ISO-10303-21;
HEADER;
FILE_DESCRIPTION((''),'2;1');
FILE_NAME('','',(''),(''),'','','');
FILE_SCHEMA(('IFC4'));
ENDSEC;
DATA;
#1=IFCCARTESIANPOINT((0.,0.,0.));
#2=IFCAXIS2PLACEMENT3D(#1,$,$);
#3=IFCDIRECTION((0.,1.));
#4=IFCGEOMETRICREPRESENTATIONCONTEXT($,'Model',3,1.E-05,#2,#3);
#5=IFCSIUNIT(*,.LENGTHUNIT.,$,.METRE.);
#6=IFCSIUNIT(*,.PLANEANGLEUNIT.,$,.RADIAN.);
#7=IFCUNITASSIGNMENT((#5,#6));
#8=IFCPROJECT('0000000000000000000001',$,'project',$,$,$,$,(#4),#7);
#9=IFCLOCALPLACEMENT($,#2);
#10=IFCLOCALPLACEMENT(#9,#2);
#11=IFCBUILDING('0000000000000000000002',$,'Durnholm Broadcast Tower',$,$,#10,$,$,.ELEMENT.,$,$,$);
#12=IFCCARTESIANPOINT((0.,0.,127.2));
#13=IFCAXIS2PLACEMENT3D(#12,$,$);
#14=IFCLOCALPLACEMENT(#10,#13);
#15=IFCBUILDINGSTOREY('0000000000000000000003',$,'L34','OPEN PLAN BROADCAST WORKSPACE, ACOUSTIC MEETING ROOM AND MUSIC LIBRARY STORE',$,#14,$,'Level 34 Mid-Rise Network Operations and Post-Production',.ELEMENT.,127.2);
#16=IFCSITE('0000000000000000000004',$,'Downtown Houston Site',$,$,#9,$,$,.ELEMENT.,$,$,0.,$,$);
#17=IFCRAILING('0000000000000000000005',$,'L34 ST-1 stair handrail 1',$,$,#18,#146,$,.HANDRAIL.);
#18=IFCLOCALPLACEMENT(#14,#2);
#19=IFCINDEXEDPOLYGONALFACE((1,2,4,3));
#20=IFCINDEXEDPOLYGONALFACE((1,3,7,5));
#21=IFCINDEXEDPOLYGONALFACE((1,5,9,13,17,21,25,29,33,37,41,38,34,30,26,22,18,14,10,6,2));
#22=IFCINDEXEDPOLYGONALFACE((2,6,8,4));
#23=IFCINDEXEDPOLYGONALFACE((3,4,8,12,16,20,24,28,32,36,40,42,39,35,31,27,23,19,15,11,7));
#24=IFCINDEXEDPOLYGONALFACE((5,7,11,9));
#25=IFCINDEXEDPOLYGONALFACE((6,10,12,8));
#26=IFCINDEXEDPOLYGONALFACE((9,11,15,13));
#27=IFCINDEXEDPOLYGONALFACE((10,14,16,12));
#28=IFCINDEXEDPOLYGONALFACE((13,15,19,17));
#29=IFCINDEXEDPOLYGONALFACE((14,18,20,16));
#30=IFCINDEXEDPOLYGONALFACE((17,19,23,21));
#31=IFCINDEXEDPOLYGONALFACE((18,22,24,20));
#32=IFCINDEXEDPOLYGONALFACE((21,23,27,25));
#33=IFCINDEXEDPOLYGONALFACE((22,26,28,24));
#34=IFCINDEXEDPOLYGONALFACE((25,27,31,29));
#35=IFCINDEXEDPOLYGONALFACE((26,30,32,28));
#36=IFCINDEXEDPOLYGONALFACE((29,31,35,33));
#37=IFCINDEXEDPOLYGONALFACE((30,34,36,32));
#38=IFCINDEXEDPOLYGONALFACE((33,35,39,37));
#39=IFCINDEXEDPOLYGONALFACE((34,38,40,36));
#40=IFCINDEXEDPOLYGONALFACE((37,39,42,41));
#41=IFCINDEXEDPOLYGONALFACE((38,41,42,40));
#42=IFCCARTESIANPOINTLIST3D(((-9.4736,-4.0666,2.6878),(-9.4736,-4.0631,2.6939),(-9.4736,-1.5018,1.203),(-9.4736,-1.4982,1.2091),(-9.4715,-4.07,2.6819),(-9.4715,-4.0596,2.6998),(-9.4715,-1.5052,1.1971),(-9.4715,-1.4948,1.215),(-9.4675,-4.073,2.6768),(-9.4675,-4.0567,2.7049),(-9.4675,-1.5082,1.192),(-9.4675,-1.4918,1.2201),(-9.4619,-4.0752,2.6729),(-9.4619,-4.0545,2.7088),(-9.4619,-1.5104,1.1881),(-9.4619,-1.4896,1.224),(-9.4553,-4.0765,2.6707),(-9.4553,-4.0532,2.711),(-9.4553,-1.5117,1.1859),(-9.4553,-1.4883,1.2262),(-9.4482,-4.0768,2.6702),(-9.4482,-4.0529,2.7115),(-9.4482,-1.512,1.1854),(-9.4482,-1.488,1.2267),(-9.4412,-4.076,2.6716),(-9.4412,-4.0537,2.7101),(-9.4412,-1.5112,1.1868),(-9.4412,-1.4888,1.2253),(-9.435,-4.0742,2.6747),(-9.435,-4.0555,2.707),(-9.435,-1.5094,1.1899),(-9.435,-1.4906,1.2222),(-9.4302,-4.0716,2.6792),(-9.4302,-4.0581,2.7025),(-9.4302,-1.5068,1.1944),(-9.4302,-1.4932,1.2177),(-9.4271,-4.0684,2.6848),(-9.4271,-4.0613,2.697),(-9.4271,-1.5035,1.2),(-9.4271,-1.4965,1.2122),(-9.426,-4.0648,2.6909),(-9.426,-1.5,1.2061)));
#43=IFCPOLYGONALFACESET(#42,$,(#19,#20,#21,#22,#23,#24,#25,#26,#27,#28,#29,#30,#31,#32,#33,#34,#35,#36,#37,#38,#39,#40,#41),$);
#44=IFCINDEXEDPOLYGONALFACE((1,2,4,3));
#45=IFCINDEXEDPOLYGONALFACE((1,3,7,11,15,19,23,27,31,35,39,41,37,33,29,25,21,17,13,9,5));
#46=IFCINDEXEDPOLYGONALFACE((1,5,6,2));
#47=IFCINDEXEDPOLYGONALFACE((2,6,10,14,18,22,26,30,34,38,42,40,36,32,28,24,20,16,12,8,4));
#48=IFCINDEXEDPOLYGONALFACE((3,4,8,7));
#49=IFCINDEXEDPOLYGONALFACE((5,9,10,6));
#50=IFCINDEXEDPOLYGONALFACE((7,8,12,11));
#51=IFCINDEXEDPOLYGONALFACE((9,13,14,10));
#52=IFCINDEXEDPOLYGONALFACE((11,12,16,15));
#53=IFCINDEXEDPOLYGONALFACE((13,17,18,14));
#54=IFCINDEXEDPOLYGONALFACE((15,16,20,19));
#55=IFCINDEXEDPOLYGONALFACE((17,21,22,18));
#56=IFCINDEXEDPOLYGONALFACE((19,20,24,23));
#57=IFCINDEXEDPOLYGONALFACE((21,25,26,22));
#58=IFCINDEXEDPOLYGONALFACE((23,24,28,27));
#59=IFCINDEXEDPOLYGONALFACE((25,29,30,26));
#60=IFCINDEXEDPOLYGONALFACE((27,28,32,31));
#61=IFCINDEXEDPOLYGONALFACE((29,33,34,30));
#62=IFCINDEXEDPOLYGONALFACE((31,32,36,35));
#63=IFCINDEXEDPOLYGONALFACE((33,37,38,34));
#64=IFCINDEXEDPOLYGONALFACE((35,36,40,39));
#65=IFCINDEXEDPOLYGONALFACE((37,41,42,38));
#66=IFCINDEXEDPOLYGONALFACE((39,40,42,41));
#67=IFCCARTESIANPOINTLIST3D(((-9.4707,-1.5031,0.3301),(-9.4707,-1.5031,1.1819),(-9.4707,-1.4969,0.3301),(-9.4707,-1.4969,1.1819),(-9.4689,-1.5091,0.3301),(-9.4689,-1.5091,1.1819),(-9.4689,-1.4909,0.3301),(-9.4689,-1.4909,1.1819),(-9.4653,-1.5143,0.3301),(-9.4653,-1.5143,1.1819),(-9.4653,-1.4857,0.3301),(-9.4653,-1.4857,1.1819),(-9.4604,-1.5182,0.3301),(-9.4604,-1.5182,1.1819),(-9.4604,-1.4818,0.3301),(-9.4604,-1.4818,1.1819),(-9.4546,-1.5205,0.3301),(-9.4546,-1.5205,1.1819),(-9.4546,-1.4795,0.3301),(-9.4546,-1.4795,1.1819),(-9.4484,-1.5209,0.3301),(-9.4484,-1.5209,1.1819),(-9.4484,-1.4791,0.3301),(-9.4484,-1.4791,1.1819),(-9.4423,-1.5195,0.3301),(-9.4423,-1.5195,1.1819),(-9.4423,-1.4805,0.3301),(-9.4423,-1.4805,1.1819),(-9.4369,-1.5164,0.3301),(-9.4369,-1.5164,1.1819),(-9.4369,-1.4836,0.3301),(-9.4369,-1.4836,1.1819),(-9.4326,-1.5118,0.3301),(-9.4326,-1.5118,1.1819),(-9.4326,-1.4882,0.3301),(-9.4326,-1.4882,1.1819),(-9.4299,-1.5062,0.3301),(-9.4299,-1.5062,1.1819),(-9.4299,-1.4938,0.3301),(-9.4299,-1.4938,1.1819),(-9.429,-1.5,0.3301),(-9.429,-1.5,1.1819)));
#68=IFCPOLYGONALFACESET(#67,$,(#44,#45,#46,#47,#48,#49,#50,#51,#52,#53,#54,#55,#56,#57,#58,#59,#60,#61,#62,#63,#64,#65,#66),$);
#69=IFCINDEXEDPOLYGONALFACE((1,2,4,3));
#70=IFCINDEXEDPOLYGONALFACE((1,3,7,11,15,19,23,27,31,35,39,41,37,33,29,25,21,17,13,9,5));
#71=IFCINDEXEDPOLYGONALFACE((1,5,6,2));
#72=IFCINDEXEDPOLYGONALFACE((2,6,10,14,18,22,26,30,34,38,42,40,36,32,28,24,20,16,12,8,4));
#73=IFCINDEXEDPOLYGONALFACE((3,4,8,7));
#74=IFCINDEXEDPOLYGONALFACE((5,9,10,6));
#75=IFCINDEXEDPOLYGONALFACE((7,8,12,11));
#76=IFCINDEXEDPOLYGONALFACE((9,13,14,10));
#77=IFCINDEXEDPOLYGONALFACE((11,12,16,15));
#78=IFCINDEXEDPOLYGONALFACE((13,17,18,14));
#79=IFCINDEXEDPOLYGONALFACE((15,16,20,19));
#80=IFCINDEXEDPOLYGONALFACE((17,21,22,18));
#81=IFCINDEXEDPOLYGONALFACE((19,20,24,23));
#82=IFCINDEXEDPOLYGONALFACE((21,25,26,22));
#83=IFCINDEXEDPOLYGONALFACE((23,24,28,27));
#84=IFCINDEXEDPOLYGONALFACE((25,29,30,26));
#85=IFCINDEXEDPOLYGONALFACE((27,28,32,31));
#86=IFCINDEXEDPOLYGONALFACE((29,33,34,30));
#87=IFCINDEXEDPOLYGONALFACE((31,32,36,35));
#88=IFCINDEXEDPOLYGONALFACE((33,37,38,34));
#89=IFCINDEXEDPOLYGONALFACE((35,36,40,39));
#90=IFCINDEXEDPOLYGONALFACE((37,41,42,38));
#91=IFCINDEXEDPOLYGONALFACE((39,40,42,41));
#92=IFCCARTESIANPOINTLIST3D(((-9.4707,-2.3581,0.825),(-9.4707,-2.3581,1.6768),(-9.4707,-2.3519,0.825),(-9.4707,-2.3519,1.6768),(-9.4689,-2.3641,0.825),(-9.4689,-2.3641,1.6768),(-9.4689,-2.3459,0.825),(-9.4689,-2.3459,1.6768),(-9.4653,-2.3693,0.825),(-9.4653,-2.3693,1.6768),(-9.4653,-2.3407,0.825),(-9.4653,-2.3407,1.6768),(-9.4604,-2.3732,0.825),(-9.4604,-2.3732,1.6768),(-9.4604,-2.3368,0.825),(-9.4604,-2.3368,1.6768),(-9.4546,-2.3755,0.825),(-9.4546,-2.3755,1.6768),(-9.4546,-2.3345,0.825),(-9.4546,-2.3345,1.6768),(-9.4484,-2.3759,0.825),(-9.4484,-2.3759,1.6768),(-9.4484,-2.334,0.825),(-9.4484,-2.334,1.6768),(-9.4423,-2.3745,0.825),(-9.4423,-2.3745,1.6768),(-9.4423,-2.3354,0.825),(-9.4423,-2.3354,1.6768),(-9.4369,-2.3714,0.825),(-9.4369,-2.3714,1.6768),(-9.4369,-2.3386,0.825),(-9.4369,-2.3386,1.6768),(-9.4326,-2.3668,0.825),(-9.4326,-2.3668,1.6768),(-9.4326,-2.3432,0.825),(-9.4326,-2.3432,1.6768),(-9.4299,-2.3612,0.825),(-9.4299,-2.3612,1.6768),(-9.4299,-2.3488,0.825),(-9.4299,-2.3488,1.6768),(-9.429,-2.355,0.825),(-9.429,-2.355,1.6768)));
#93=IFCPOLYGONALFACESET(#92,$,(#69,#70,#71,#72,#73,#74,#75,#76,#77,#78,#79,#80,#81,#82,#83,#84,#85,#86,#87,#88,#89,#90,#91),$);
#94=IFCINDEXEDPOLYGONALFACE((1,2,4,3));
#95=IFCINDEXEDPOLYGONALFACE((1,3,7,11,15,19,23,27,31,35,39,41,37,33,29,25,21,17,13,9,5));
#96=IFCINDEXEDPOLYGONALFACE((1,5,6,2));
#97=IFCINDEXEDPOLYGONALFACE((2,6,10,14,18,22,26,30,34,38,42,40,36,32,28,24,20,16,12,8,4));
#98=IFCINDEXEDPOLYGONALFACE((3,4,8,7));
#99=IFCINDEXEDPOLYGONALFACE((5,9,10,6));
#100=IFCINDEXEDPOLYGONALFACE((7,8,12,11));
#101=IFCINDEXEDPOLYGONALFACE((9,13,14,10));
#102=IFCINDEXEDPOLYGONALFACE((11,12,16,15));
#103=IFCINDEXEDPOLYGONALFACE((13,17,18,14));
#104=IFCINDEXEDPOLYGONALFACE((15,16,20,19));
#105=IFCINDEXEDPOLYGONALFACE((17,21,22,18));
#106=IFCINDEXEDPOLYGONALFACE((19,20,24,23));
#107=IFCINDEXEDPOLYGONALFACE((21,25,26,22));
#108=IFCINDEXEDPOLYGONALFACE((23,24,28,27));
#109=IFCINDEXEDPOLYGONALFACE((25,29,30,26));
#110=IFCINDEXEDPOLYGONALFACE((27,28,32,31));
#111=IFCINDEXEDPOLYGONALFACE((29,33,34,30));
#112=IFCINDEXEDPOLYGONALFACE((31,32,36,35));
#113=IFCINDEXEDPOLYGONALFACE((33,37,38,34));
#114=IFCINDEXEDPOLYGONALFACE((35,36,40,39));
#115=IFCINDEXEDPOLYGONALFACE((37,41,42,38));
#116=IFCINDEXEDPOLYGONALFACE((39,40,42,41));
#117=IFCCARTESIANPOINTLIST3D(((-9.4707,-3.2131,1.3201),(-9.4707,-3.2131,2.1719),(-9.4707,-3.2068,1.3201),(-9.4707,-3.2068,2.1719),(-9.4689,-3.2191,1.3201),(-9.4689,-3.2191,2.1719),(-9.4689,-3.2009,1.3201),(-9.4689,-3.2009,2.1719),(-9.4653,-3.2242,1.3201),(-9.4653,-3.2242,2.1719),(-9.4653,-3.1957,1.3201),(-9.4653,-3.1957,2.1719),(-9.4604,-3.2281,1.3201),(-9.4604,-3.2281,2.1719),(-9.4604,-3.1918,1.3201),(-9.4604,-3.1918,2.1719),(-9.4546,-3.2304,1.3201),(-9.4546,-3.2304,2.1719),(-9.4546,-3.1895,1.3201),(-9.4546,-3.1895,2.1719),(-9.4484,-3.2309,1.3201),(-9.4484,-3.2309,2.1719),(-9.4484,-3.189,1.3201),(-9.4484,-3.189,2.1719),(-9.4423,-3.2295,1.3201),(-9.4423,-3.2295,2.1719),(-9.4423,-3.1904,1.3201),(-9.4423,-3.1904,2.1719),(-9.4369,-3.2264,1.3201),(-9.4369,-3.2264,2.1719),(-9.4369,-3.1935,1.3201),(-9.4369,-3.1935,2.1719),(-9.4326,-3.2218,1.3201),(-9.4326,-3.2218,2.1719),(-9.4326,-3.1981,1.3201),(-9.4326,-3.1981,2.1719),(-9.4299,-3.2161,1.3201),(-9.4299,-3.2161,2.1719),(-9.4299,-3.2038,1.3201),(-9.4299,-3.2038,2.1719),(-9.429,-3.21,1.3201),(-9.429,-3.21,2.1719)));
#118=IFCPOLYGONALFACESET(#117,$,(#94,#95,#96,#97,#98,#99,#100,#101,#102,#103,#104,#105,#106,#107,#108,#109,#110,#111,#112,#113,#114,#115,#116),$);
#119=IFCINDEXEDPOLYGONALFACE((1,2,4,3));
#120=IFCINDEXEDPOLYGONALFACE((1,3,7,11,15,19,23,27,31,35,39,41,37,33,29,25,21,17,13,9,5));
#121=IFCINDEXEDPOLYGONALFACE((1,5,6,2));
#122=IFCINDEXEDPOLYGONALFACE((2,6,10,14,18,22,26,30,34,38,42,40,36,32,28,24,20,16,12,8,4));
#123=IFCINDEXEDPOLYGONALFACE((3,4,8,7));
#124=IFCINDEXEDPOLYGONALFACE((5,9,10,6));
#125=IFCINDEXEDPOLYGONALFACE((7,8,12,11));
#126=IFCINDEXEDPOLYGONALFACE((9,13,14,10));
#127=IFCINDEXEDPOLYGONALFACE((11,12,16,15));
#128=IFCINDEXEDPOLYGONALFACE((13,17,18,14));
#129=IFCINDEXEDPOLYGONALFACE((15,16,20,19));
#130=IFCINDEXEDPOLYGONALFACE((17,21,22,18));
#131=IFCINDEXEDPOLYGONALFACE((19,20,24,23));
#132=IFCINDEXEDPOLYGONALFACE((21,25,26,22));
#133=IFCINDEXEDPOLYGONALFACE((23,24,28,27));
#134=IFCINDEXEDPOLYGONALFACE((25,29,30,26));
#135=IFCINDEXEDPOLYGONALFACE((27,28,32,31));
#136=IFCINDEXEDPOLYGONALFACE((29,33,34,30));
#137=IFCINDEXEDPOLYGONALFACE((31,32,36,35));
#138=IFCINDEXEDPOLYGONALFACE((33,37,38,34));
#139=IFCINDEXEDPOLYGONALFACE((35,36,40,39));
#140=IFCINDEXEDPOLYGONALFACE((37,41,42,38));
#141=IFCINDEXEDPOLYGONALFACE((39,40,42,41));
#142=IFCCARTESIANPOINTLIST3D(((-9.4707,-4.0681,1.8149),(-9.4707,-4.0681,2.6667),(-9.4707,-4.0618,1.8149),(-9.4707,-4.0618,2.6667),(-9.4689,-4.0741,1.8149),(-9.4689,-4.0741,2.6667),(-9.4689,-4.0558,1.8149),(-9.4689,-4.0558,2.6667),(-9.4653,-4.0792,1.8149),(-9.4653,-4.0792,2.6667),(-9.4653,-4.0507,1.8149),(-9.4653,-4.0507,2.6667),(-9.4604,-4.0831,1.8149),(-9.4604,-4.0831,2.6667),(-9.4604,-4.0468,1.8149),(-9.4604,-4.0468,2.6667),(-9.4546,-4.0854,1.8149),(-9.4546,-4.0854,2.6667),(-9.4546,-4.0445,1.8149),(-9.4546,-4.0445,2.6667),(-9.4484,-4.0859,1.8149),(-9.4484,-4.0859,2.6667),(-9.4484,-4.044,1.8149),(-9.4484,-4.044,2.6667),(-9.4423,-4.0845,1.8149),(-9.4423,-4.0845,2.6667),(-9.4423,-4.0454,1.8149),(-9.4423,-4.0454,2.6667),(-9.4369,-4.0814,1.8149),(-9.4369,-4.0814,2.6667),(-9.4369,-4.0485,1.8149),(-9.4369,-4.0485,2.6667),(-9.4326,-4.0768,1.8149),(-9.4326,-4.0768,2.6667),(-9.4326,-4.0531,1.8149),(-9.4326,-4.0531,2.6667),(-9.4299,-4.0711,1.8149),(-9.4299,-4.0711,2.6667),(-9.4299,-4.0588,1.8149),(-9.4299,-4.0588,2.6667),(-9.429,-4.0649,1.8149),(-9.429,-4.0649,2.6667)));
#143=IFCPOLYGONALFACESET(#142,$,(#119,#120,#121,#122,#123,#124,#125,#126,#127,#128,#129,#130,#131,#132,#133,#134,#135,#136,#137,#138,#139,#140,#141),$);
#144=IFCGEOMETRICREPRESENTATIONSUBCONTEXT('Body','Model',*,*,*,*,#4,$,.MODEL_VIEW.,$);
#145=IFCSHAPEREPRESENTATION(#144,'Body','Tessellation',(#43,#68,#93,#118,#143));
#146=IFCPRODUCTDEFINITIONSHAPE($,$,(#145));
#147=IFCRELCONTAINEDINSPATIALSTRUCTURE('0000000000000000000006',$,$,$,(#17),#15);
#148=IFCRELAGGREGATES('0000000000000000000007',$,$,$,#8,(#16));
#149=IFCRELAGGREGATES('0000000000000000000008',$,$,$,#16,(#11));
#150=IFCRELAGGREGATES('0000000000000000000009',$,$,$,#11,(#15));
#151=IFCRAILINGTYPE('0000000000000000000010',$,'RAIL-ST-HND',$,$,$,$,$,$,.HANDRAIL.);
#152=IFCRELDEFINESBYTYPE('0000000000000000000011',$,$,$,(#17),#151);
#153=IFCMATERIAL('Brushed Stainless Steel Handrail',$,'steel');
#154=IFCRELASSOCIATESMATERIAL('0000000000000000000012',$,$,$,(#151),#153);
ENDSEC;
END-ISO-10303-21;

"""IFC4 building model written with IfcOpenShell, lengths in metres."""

from ifc_helpers import new_model, si_unit, direction, frame, origin, origin_2d, place, context, subcontext, project, spatial, circle, extrude, material, type_object, element, save


model = new_model("IFC4")

# Units and contexts
model_context = context("Model", 3, precision=1e-05, world=origin(), true_north=direction((0.0, 1.0)))
body_context = subcontext(model_context, "Body", "Model", "MODEL_VIEW")
ifc_project = project(units=[si_unit("LENGTHUNIT", "METRE"), si_unit("PLANEANGLEUNIT", "RADIAN")], contexts=[model_context])

# Site, building, storey
site_placement = place(None, origin())
site = spatial("IfcSite", under=ifc_project, at=site_placement, Name="Downtown Houston Site", CompositionType="ELEMENT", RefElevation=0.0)
building_placement = place(site_placement, origin())
building = spatial("IfcBuilding", under=site, at=building_placement, Name="Durnholm Broadcast Tower", CompositionType="ELEMENT")
storey_placement = place(building_placement, frame((0.0, 0.0, 127.2)))
storey = spatial("IfcBuildingStorey", under=building, at=storey_placement, Name="L34", Description="OPEN PLAN BROADCAST WORKSPACE, ACOUSTIC MEETING ROOM AND MUSIC LIBRARY STORE", LongName="Level 34 Mid-Rise Network Operations and Post-Production", CompositionType="ELEMENT", Elevation=127.2)

# Railing
ifc_material_1 = material(Name="Brushed Stainless Steel Handrail", Category="steel")
railing_type_1 = type_object("IfcRailingType", Name="RAIL-ST-HND", PredefinedType="HANDRAIL", material=ifc_material_1)
railing_1_placement = place(storey_placement, frame((-9.45, -1.5, 0.3301)))
element("IfcRailing", 1, at=railing_1_placement, inside=storey, type_object=railing_type_1, Name="L34 ST-1 stair handrail 1", PredefinedType="HANDRAIL", context=body_context, shape_type="SweptSolid", body=[
    extrude(circle(Radius=0.0239, at=origin_2d()), frame((0.0, 0.0, 0.876), z_axis=(0.0, -0.865441, 0.50101), x_axis=(1.0, 0.0, 0.0)), (0.0, 0.0, 1.0), 2.9636),
    extrude(circle(Radius=0.021, at=origin_2d()), origin(), (0.0, 0.0, 1.0), 0.8518),
    extrude(circle(Radius=0.021, at=origin_2d()), frame((0.0, -0.855, 0.4949)), (0.0, 0.0, 1.0), 0.8518),
    extrude(circle(Radius=0.021, at=origin_2d()), frame((0.0, -1.71, 0.99)), (0.0, 0.0, 1.0), 0.8518),
    extrude(circle(Radius=0.021, at=origin_2d()), frame((0.0, -2.5649, 1.4849)), (0.0, 0.0, 1.0), 0.8518),
])

save(model, "model.ifc")
